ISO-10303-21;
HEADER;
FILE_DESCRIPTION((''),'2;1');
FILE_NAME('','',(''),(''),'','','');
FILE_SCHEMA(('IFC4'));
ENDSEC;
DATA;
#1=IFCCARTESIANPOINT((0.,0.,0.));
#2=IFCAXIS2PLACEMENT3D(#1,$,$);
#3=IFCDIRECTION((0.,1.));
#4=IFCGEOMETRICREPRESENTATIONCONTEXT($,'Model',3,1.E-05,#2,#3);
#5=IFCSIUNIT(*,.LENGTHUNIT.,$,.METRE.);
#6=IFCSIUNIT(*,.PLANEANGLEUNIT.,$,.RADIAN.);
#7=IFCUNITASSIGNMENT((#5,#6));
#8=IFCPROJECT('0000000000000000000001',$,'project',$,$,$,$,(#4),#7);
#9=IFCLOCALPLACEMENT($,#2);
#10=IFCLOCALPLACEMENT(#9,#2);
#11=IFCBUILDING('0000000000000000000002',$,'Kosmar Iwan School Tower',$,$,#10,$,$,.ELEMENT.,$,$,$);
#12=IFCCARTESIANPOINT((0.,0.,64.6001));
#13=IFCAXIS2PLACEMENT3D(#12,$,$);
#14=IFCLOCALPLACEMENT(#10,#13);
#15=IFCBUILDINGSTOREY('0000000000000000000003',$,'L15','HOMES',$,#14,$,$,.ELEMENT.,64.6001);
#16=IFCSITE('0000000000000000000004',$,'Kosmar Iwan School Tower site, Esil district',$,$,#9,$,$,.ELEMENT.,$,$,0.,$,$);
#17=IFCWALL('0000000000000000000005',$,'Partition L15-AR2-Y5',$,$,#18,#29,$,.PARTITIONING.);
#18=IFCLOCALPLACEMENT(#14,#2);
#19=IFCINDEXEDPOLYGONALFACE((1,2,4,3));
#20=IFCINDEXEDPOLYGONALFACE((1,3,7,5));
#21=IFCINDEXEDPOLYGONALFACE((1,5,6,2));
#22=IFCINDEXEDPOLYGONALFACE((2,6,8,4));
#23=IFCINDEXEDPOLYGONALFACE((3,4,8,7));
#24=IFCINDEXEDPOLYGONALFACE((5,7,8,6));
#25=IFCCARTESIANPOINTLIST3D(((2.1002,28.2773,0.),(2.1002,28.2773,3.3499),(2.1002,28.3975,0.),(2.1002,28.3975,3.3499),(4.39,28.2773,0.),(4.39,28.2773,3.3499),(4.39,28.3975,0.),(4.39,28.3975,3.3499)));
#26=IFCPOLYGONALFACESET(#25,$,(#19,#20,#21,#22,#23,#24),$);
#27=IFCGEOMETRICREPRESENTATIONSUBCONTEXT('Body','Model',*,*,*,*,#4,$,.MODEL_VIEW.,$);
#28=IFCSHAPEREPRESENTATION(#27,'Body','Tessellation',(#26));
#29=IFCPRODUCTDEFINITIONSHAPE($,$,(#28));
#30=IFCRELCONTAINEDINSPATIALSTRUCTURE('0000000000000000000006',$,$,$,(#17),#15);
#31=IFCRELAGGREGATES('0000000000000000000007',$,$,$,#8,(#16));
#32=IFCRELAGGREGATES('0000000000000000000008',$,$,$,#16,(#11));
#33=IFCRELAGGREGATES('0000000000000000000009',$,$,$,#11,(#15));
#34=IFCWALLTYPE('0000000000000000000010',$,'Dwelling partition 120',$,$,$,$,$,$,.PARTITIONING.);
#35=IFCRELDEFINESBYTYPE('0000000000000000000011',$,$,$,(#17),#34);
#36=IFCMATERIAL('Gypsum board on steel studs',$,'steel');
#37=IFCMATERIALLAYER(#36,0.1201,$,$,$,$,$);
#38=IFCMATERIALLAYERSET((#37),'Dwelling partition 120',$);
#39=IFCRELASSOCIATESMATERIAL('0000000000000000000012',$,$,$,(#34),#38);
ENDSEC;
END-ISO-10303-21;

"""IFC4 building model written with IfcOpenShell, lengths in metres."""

from ifc_helpers import new_model, si_unit, direction, frame, frame_2d, origin, place, context, subcontext, project, spatial, rectangle, extrude, material, layer, layer_set, type_object, element, save


model = new_model("IFC4")

# Units and contexts
model_context = context("Model", 3, precision=1e-05, world=origin(), true_north=direction((0.0, 1.0)))
body_context = subcontext(model_context, "Body", "Model", "MODEL_VIEW")
ifc_project = project(units=[si_unit("LENGTHUNIT", "METRE"), si_unit("PLANEANGLEUNIT", "RADIAN")], contexts=[model_context])

# Site, building, storey
site_placement = place(None, origin())
site = spatial("IfcSite", under=ifc_project, at=site_placement, Name="Kosmar Iwan School Tower site, Esil district", CompositionType="ELEMENT", RefElevation=0.0)
building_placement = place(site_placement, origin())
building = spatial("IfcBuilding", under=site, at=building_placement, Name="Kosmar Iwan School Tower", CompositionType="ELEMENT")
storey_placement = place(building_placement, frame((0.0, 0.0, 64.6001)))
storey = spatial("IfcBuildingStorey", under=building, at=storey_placement, Name="L15", Description="HOMES", CompositionType="ELEMENT", Elevation=64.6001)

# Wall
ifc_material_1 = material(Name="Gypsum board on steel studs", Category="steel")
ifc_layer_1 = layer(ifc_material_1, 0.1201)
ifc_layer_set_1 = layer_set([ifc_layer_1], Name="Dwelling partition 120")
wall_type_1 = type_object("IfcWallType", Name="Dwelling partition 120", PredefinedType="PARTITIONING", material=ifc_layer_set_1)
for number, where, z_axis, x_axis, name in (
    (1, (2.1001, 28.3374, 0.0), (0.0, 0.0, 1.0), (1.0, 0.0, 0.0), "Partition L15-AR2-Y5"),
):
    element("IfcWall", number, at=place(storey_placement, frame(where, z_axis=z_axis, x_axis=x_axis)), inside=storey, type_object=wall_type_1, Name=name, PredefinedType="PARTITIONING", context=body_context, shape_type="SweptSolid", body=[
        extrude(rectangle(XDim=2.2898, YDim=0.1201, at=frame_2d((1.145, 0.0))), origin(), (0.0, 0.0, 1.0), 3.3499),
    ])

save(model, "model.ifc")
